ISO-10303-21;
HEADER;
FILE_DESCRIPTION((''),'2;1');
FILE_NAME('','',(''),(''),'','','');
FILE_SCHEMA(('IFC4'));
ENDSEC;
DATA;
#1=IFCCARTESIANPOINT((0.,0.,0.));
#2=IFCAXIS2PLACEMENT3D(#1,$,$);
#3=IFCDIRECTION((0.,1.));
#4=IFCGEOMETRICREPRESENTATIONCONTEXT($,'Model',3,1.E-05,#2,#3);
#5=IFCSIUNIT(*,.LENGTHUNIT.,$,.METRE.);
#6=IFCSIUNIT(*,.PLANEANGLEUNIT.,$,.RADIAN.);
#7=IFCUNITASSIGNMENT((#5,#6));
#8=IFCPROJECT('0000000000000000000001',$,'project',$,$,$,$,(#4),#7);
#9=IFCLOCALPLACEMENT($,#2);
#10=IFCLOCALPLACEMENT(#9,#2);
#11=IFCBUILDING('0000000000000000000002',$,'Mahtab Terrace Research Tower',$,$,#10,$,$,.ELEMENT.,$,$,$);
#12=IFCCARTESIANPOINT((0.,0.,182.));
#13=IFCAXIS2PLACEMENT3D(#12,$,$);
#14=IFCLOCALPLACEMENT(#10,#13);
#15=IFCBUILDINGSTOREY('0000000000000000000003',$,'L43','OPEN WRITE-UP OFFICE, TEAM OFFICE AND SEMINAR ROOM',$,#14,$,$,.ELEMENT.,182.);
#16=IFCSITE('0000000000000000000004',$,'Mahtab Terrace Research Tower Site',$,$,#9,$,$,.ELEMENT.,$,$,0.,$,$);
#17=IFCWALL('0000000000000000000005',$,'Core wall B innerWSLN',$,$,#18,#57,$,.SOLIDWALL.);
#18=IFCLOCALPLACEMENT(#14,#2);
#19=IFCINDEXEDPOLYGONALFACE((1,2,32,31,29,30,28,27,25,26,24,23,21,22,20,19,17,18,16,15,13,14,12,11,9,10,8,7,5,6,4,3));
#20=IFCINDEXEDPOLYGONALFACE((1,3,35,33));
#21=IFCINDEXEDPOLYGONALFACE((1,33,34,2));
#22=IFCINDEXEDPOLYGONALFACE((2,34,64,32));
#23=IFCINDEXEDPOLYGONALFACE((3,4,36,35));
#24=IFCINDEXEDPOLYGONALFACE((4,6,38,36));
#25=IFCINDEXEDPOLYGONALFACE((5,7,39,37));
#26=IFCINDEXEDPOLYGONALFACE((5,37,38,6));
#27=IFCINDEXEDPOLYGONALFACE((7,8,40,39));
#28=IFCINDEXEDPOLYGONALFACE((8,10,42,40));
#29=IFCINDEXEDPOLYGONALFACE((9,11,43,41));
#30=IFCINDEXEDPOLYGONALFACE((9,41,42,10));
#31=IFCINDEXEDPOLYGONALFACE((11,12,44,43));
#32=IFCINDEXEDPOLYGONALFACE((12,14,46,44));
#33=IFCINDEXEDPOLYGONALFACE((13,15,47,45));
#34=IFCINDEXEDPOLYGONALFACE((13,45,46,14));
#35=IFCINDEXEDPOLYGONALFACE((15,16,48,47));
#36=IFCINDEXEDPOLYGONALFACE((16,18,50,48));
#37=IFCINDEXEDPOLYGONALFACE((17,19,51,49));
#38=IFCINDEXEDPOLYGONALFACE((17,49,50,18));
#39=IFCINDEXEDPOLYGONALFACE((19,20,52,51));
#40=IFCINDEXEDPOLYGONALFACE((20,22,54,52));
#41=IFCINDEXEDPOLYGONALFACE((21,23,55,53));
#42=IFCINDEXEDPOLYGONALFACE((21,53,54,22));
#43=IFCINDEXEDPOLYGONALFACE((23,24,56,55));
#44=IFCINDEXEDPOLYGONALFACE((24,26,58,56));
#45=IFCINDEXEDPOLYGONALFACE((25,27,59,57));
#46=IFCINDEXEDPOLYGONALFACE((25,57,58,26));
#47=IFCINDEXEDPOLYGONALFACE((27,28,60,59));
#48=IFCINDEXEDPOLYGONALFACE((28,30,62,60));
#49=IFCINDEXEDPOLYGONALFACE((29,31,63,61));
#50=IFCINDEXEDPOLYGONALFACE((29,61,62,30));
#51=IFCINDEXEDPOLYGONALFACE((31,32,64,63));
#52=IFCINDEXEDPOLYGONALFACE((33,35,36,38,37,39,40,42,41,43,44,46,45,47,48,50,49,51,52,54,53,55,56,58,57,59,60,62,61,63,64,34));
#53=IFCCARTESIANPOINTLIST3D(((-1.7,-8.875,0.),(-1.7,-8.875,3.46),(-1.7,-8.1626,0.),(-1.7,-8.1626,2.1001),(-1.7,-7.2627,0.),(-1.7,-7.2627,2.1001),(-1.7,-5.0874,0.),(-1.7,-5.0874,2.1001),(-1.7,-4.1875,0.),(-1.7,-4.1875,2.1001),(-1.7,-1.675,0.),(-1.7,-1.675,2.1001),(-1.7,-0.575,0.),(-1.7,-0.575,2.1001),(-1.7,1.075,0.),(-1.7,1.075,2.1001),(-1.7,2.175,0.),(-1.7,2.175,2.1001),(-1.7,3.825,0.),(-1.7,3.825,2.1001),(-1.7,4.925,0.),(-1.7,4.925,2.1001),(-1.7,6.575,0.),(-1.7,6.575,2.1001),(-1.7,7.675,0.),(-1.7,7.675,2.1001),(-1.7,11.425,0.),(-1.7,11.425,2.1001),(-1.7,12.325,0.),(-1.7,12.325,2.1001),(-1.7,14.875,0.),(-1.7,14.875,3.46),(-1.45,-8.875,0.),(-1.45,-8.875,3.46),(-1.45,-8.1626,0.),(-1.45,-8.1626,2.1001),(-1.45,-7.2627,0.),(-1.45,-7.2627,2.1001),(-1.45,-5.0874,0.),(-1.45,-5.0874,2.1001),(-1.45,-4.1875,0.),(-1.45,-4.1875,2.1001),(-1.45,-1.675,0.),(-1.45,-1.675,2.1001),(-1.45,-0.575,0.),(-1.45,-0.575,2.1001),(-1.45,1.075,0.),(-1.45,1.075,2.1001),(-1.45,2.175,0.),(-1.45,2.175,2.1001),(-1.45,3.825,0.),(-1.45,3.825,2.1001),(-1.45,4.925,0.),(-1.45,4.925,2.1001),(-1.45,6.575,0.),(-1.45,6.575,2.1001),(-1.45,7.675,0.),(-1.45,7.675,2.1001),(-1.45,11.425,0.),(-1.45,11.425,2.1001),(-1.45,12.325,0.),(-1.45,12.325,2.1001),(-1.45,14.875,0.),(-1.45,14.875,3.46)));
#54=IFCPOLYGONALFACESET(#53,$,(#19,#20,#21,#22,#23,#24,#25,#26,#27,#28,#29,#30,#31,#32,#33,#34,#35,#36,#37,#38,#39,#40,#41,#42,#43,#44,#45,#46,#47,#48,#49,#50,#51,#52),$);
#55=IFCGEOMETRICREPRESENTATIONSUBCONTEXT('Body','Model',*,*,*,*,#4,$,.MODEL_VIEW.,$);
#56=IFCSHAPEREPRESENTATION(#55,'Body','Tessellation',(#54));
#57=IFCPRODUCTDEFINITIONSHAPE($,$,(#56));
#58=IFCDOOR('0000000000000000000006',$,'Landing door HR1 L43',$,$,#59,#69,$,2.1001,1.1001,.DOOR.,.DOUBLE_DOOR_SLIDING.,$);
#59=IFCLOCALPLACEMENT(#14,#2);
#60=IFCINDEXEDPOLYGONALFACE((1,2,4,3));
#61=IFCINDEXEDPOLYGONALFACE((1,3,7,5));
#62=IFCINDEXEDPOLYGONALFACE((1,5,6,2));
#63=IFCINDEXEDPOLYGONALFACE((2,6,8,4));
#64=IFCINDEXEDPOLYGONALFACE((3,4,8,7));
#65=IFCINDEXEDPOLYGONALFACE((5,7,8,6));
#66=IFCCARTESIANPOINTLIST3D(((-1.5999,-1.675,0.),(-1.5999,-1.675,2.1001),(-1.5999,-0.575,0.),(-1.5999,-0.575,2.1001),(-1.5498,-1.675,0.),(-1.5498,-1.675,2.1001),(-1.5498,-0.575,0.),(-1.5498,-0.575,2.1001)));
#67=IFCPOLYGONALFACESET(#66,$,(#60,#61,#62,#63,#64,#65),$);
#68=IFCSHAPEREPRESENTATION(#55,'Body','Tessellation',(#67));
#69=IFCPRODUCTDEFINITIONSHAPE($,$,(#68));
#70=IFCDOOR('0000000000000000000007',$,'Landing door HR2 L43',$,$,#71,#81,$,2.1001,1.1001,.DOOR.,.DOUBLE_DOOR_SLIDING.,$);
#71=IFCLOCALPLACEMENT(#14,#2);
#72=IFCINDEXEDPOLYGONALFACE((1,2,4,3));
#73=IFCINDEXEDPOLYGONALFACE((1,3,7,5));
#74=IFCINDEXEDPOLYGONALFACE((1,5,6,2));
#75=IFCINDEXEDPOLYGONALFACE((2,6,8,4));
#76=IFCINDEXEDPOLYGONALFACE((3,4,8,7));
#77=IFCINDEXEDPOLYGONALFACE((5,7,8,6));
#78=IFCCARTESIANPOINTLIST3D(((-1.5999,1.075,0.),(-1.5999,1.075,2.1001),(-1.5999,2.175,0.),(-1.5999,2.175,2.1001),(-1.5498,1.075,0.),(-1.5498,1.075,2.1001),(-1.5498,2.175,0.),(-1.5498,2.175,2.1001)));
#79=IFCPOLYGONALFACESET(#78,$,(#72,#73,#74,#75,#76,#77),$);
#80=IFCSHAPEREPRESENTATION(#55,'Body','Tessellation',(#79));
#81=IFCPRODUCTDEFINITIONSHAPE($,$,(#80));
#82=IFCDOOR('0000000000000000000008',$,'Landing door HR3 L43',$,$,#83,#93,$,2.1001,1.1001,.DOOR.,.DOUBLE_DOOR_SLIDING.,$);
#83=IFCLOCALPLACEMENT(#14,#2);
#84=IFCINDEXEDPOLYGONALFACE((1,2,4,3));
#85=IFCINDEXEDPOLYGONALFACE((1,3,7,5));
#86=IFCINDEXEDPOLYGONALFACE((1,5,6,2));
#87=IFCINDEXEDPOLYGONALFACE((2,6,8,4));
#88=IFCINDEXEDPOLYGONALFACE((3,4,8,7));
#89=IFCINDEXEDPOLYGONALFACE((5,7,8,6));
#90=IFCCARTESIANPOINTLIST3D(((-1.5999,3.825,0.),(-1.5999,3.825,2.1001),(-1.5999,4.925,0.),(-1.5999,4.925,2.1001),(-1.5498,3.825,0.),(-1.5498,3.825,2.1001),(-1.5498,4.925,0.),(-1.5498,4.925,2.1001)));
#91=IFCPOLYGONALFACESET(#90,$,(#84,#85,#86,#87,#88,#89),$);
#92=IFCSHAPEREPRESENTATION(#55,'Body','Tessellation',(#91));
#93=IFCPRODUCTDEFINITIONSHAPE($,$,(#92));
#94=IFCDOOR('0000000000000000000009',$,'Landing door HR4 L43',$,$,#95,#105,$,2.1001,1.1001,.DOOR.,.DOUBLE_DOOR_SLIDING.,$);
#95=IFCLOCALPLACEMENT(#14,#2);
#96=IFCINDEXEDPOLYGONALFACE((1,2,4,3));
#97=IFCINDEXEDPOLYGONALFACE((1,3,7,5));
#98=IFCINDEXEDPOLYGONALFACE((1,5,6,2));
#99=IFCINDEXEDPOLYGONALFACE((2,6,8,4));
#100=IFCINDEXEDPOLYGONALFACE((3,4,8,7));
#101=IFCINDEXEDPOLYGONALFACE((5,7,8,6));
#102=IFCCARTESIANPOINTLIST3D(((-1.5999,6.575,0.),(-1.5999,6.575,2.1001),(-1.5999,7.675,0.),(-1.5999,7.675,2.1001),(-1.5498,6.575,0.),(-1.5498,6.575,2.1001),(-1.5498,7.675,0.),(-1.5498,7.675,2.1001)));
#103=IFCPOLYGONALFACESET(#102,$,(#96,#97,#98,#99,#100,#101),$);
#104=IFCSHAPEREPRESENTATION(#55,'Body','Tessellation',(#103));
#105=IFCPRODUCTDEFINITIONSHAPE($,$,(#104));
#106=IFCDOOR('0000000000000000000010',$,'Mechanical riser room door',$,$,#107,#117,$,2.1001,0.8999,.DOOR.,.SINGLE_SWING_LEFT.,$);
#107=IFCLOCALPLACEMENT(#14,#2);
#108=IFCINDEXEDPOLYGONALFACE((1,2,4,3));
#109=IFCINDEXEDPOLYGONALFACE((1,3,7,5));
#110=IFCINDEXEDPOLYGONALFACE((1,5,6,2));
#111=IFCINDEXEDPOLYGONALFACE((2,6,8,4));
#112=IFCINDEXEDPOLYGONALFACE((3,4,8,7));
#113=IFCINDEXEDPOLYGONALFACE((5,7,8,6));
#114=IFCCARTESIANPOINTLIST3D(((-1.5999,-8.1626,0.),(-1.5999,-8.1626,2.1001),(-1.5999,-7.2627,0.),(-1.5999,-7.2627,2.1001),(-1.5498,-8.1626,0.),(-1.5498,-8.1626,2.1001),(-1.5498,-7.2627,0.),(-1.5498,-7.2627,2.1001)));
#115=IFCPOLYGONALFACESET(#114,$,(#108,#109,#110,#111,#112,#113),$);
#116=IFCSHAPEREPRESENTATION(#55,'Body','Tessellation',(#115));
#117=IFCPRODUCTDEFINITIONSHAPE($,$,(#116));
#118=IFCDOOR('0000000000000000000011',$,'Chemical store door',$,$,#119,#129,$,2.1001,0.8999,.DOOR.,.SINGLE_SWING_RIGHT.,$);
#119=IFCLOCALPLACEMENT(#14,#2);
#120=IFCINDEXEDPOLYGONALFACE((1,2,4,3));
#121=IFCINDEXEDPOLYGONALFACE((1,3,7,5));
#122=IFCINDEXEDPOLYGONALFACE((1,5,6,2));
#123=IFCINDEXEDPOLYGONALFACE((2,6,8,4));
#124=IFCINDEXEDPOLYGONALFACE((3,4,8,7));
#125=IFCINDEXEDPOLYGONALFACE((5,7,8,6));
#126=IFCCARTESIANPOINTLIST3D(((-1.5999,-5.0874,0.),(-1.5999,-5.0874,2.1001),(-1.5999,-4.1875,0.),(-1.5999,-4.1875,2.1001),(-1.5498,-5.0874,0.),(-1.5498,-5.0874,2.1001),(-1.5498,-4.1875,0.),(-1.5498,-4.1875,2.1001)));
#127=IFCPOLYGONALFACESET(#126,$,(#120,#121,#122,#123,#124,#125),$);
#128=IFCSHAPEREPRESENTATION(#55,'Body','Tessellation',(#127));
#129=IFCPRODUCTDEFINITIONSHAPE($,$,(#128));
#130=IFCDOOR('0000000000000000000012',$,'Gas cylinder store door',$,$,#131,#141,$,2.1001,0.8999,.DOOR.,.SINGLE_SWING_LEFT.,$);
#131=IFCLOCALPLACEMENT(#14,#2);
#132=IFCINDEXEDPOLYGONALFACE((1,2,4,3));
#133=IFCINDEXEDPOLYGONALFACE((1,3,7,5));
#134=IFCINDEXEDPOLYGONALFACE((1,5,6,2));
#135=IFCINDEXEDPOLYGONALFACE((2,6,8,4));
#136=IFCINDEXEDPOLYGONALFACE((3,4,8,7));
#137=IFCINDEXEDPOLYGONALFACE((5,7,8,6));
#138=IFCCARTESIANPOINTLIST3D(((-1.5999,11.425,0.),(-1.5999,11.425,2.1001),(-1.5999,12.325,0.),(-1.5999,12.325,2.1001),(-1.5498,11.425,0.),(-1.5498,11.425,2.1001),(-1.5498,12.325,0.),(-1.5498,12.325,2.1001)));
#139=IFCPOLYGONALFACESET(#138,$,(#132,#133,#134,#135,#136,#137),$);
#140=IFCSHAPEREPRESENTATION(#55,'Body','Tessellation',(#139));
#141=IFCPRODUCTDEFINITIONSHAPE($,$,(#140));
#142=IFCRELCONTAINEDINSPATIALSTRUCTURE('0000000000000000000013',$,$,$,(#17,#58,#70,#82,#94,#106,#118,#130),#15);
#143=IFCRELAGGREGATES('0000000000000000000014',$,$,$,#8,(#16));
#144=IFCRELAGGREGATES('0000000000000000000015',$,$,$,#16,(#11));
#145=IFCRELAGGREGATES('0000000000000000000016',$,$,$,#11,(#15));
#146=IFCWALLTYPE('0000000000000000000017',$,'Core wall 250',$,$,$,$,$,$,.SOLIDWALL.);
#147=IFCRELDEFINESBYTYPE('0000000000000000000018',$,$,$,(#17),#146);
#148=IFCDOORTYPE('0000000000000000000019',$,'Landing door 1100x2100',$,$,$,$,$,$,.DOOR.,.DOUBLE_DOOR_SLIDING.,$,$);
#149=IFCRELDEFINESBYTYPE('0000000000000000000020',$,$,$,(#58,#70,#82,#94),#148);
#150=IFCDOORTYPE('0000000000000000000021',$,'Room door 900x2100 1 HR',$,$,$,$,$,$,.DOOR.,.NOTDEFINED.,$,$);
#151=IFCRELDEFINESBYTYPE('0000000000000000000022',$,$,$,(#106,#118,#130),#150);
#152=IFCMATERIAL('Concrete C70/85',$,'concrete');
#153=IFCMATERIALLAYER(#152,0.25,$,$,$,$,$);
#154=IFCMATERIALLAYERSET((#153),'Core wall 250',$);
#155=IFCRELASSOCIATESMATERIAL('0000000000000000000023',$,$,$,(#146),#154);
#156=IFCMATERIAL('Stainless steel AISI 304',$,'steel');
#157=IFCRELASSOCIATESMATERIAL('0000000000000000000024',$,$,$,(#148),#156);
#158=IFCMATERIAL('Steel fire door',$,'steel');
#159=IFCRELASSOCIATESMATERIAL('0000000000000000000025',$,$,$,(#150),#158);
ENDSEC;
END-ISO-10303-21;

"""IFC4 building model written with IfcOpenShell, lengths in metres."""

from ifc_helpers import new_model, si_unit, direction, frame, frame_2d, origin, place, context, subcontext, project, spatial, rectangle, extrude, material, layer, layer_set, type_object, element, fill, save


model = new_model("IFC4")

# Units and contexts
model_context = context("Model", 3, precision=1e-05, world=origin(), true_north=direction((0.0, 1.0)))
body_context = subcontext(model_context, "Body", "Model", "MODEL_VIEW")
ifc_project = project(units=[si_unit("LENGTHUNIT", "METRE"), si_unit("PLANEANGLEUNIT", "RADIAN")], contexts=[model_context])

# Site, building, storey
site_placement = place(None, origin())
site = spatial("IfcSite", under=ifc_project, at=site_placement, Name="Mahtab Terrace Research Tower Site", CompositionType="ELEMENT", RefElevation=0.0)
building_placement = place(site_placement, origin())
building = spatial("IfcBuilding", under=site, at=building_placement, Name="Mahtab Terrace Research Tower", CompositionType="ELEMENT")
storey_placement = place(building_placement, frame((0.0, 0.0, 182.0)))
storey = spatial("IfcBuildingStorey", under=building, at=storey_placement, Name="L43", Description="OPEN WRITE-UP OFFICE, TEAM OFFICE AND SEMINAR ROOM", CompositionType="ELEMENT", Elevation=182.0)

# Shared definitions
ifc_material_1 = material(Name="Concrete C70/85", Category="concrete")

# Wall, openings, doors
ifc_layer_1 = layer(ifc_material_1, 0.25)
ifc_layer_set_1 = layer_set([ifc_layer_1], Name="Core wall 250")
wall_type_1 = type_object("IfcWallType", Name="Core wall 250", PredefinedType="SOLIDWALL", material=ifc_layer_set_1)
wall_1_placement = place(storey_placement, frame((-1.575, -8.875, 0.0), z_axis=(0.0, 0.0, 1.0), x_axis=(0.0, 1.0, 0.0)))
wall_1 = element("IfcWall", 1, at=wall_1_placement, inside=storey, type_object=wall_type_1, Name="Core wall B innerWSLN", PredefinedType="SOLIDWALL", context=body_context, shape_type="SweptSolid", body=[
    extrude(rectangle(XDim=23.75, YDim=0.25, at=frame_2d((11.875, 0.0))), origin(), (0.0, 0.0, 1.0), 3.46),
])
opening_1_placement = place(wall_1_placement, frame((7.2, 0.0, 0.0)))
opening_1 = element("IfcOpeningElement", 2, at=opening_1_placement, cuts=wall_1, PredefinedType="OPENING", context=body_context, shape_type="SweptSolid", body=[
    extrude(rectangle(XDim=1.1001, YDim=2.1001, at=frame_2d((0.55, 1.05))), frame((0.0, 0.135, 0.0), z_axis=(0.0, -1.0, 0.0), x_axis=(1.0, 0.0, 0.0)), (0.0, 0.0, 1.0), 0.27),
])
opening_2_placement = place(wall_1_placement, frame((9.95, 0.0, 0.0)))
opening_2 = element("IfcOpeningElement", 3, at=opening_2_placement, cuts=wall_1, PredefinedType="OPENING", context=body_context, shape_type="SweptSolid", body=[
    extrude(rectangle(XDim=1.1001, YDim=2.1001, at=frame_2d((0.55, 1.05))), frame((0.0, 0.135, 0.0), z_axis=(0.0, -1.0, 0.0), x_axis=(1.0, 0.0, 0.0)), (0.0, 0.0, 1.0), 0.27),
])
opening_3_placement = place(wall_1_placement, frame((12.7, 0.0, 0.0)))
opening_3 = element("IfcOpeningElement", 4, at=opening_3_placement, cuts=wall_1, PredefinedType="OPENING", context=body_context, shape_type="SweptSolid", body=[
    extrude(rectangle(XDim=1.1001, YDim=2.1001, at=frame_2d((0.55, 1.05))), frame((0.0, 0.135, 0.0), z_axis=(0.0, -1.0, 0.0), x_axis=(1.0, 0.0, 0.0)), (0.0, 0.0, 1.0), 0.27),
])
opening_4_placement = place(wall_1_placement, frame((15.45, 0.0, 0.0)))
opening_4 = element("IfcOpeningElement", 5, at=opening_4_placement, cuts=wall_1, PredefinedType="OPENING", context=body_context, shape_type="SweptSolid", body=[
    extrude(rectangle(XDim=1.1001, YDim=2.1001, at=frame_2d((0.55, 1.05))), frame((0.0, 0.135, 0.0), z_axis=(0.0, -1.0, 0.0), x_axis=(1.0, 0.0, 0.0)), (0.0, 0.0, 1.0), 0.27),
])
opening_5_placement = place(wall_1_placement, frame((0.7124, 0.0, 0.0)))
opening_5 = element("IfcOpeningElement", 6, at=opening_5_placement, cuts=wall_1, PredefinedType="OPENING", context=body_context, shape_type="SweptSolid", body=[
    extrude(rectangle(XDim=0.8999, YDim=2.1001, at=frame_2d((0.45, 1.05))), frame((0.0, 0.135, 0.0), z_axis=(0.0, -1.0, 0.0), x_axis=(1.0, 0.0, 0.0)), (0.0, 0.0, 1.0), 0.27),
])
opening_6_placement = place(wall_1_placement, frame((3.7876, 0.0, 0.0)))
opening_6 = element("IfcOpeningElement", 7, at=opening_6_placement, cuts=wall_1, PredefinedType="OPENING", context=body_context, shape_type="SweptSolid", body=[
    extrude(rectangle(XDim=0.8999, YDim=2.1001, at=frame_2d((0.45, 1.05))), frame((0.0, 0.135, 0.0), z_axis=(0.0, -1.0, 0.0), x_axis=(1.0, 0.0, 0.0)), (0.0, 0.0, 1.0), 0.27),
])
opening_7_placement = place(wall_1_placement, frame((20.3, 0.0, 0.0)))
opening_7 = element("IfcOpeningElement", 8, at=opening_7_placement, cuts=wall_1, PredefinedType="OPENING", context=body_context, shape_type="SweptSolid", body=[
    extrude(rectangle(XDim=0.8999, YDim=2.1001, at=frame_2d((0.45, 1.05))), frame((0.0, 0.135, 0.0), z_axis=(0.0, -1.0, 0.0), x_axis=(1.0, 0.0, 0.0)), (0.0, 0.0, 1.0), 0.27),
])
ifc_material_2 = material(Name="Stainless steel AISI 304", Category="steel")
door_type_1 = type_object("IfcDoorType", Name="Landing door 1100x2100", OperationType="DOUBLE_DOOR_SLIDING", PredefinedType="DOOR", material=ifc_material_2)
door_1_placement = place(opening_1_placement, origin())
door_1 = element("IfcDoor", 9, at=door_1_placement, inside=storey, type_object=door_type_1, Name="Landing door HR1 L43", OperationType="DOUBLE_DOOR_SLIDING", OverallHeight=2.1001, OverallWidth=1.1001, PredefinedType="DOOR", context=body_context, shape_type="SweptSolid", body=[
    extrude(rectangle(XDim=1.1001, YDim=2.1001, at=frame_2d((0.55, 1.05))), frame((0.0, 0.0249, 0.0), z_axis=(0.0, -1.0, 0.0), x_axis=(1.0, 0.0, 0.0)), (0.0, 0.0, 1.0), 0.05),
])
fill(opening_1, door_1)
door_2_placement = place(opening_2_placement, origin())
door_2 = element("IfcDoor", 10, at=door_2_placement, inside=storey, type_object=door_type_1, Name="Landing door HR2 L43", OperationType="DOUBLE_DOOR_SLIDING", OverallHeight=2.1001, OverallWidth=1.1001, PredefinedType="DOOR", context=body_context, shape_type="SweptSolid", body=[
    extrude(rectangle(XDim=1.1001, YDim=2.1001, at=frame_2d((0.55, 1.05))), frame((0.0, 0.0249, 0.0), z_axis=(0.0, -1.0, 0.0), x_axis=(1.0, 0.0, 0.0)), (0.0, 0.0, 1.0), 0.05),
])
fill(opening_2, door_2)
door_3_placement = place(opening_3_placement, origin())
door_3 = element("IfcDoor", 11, at=door_3_placement, inside=storey, type_object=door_type_1, Name="Landing door HR3 L43", OperationType="DOUBLE_DOOR_SLIDING", OverallHeight=2.1001, OverallWidth=1.1001, PredefinedType="DOOR", context=body_context, shape_type="SweptSolid", body=[
    extrude(rectangle(XDim=1.1001, YDim=2.1001, at=frame_2d((0.55, 1.05))), frame((0.0, 0.0249, 0.0), z_axis=(0.0, -1.0, 0.0), x_axis=(1.0, 0.0, 0.0)), (0.0, 0.0, 1.0), 0.05),
])
fill(opening_3, door_3)
door_4_placement = place(opening_4_placement, origin())
door_4 = element("IfcDoor", 12, at=door_4_placement, inside=storey, type_object=door_type_1, Name="Landing door HR4 L43", OperationType="DOUBLE_DOOR_SLIDING", OverallHeight=2.1001, OverallWidth=1.1001, PredefinedType="DOOR", context=body_context, shape_type="SweptSolid", body=[
    extrude(rectangle(XDim=1.1001, YDim=2.1001, at=frame_2d((0.55, 1.05))), frame((0.0, 0.0249, 0.0), z_axis=(0.0, -1.0, 0.0), x_axis=(1.0, 0.0, 0.0)), (0.0, 0.0, 1.0), 0.05),
])
fill(opening_4, door_4)
ifc_material_3 = material(Name="Steel fire door", Category="steel")
door_type_2 = type_object("IfcDoorType", Name="Room door 900x2100 1 HR", OperationType="NOTDEFINED", PredefinedType="DOOR", material=ifc_material_3)
door_5_placement = place(opening_5_placement, origin())
door_5 = element("IfcDoor", 13, at=door_5_placement, inside=storey, type_object=door_type_2, Name="Mechanical riser room door", OperationType="SINGLE_SWING_LEFT", OverallHeight=2.1001, OverallWidth=0.8999, PredefinedType="DOOR", context=body_context, shape_type="SweptSolid", body=[
    extrude(rectangle(XDim=0.8999, YDim=2.1001, at=frame_2d((0.45, 1.05))), frame((0.0, 0.0249, 0.0), z_axis=(0.0, -1.0, 0.0), x_axis=(1.0, 0.0, 0.0)), (0.0, 0.0, 1.0), 0.05),
])
fill(opening_5, door_5)
door_6_placement = place(opening_6_placement, origin())
door_6 = element("IfcDoor", 14, at=door_6_placement, inside=storey, type_object=door_type_2, Name="Chemical store door", OperationType="SINGLE_SWING_RIGHT", OverallHeight=2.1001, OverallWidth=0.8999, PredefinedType="DOOR", context=body_context, shape_type="SweptSolid", body=[
    extrude(rectangle(XDim=0.8999, YDim=2.1001, at=frame_2d((0.45, 1.05))), frame((0.0, 0.0249, 0.0), z_axis=(0.0, -1.0, 0.0), x_axis=(1.0, 0.0, 0.0)), (0.0, 0.0, 1.0), 0.05),
])
fill(opening_6, door_6)
door_7_placement = place(opening_7_placement, origin())
door_7 = element("IfcDoor", 15, at=door_7_placement, inside=storey, type_object=door_type_2, Name="Gas cylinder store door", OperationType="SINGLE_SWING_LEFT", OverallHeight=2.1001, OverallWidth=0.8999, PredefinedType="DOOR", context=body_context, shape_type="SweptSolid", body=[
    extrude(rectangle(XDim=0.8999, YDim=2.1001, at=frame_2d((0.45, 1.05))), frame((0.0, 0.0249, 0.0), z_axis=(0.0, -1.0, 0.0), x_axis=(1.0, 0.0, 0.0)), (0.0, 0.0, 1.0), 0.05),
])
fill(opening_7, door_7)

save(model, "model.ifc")
